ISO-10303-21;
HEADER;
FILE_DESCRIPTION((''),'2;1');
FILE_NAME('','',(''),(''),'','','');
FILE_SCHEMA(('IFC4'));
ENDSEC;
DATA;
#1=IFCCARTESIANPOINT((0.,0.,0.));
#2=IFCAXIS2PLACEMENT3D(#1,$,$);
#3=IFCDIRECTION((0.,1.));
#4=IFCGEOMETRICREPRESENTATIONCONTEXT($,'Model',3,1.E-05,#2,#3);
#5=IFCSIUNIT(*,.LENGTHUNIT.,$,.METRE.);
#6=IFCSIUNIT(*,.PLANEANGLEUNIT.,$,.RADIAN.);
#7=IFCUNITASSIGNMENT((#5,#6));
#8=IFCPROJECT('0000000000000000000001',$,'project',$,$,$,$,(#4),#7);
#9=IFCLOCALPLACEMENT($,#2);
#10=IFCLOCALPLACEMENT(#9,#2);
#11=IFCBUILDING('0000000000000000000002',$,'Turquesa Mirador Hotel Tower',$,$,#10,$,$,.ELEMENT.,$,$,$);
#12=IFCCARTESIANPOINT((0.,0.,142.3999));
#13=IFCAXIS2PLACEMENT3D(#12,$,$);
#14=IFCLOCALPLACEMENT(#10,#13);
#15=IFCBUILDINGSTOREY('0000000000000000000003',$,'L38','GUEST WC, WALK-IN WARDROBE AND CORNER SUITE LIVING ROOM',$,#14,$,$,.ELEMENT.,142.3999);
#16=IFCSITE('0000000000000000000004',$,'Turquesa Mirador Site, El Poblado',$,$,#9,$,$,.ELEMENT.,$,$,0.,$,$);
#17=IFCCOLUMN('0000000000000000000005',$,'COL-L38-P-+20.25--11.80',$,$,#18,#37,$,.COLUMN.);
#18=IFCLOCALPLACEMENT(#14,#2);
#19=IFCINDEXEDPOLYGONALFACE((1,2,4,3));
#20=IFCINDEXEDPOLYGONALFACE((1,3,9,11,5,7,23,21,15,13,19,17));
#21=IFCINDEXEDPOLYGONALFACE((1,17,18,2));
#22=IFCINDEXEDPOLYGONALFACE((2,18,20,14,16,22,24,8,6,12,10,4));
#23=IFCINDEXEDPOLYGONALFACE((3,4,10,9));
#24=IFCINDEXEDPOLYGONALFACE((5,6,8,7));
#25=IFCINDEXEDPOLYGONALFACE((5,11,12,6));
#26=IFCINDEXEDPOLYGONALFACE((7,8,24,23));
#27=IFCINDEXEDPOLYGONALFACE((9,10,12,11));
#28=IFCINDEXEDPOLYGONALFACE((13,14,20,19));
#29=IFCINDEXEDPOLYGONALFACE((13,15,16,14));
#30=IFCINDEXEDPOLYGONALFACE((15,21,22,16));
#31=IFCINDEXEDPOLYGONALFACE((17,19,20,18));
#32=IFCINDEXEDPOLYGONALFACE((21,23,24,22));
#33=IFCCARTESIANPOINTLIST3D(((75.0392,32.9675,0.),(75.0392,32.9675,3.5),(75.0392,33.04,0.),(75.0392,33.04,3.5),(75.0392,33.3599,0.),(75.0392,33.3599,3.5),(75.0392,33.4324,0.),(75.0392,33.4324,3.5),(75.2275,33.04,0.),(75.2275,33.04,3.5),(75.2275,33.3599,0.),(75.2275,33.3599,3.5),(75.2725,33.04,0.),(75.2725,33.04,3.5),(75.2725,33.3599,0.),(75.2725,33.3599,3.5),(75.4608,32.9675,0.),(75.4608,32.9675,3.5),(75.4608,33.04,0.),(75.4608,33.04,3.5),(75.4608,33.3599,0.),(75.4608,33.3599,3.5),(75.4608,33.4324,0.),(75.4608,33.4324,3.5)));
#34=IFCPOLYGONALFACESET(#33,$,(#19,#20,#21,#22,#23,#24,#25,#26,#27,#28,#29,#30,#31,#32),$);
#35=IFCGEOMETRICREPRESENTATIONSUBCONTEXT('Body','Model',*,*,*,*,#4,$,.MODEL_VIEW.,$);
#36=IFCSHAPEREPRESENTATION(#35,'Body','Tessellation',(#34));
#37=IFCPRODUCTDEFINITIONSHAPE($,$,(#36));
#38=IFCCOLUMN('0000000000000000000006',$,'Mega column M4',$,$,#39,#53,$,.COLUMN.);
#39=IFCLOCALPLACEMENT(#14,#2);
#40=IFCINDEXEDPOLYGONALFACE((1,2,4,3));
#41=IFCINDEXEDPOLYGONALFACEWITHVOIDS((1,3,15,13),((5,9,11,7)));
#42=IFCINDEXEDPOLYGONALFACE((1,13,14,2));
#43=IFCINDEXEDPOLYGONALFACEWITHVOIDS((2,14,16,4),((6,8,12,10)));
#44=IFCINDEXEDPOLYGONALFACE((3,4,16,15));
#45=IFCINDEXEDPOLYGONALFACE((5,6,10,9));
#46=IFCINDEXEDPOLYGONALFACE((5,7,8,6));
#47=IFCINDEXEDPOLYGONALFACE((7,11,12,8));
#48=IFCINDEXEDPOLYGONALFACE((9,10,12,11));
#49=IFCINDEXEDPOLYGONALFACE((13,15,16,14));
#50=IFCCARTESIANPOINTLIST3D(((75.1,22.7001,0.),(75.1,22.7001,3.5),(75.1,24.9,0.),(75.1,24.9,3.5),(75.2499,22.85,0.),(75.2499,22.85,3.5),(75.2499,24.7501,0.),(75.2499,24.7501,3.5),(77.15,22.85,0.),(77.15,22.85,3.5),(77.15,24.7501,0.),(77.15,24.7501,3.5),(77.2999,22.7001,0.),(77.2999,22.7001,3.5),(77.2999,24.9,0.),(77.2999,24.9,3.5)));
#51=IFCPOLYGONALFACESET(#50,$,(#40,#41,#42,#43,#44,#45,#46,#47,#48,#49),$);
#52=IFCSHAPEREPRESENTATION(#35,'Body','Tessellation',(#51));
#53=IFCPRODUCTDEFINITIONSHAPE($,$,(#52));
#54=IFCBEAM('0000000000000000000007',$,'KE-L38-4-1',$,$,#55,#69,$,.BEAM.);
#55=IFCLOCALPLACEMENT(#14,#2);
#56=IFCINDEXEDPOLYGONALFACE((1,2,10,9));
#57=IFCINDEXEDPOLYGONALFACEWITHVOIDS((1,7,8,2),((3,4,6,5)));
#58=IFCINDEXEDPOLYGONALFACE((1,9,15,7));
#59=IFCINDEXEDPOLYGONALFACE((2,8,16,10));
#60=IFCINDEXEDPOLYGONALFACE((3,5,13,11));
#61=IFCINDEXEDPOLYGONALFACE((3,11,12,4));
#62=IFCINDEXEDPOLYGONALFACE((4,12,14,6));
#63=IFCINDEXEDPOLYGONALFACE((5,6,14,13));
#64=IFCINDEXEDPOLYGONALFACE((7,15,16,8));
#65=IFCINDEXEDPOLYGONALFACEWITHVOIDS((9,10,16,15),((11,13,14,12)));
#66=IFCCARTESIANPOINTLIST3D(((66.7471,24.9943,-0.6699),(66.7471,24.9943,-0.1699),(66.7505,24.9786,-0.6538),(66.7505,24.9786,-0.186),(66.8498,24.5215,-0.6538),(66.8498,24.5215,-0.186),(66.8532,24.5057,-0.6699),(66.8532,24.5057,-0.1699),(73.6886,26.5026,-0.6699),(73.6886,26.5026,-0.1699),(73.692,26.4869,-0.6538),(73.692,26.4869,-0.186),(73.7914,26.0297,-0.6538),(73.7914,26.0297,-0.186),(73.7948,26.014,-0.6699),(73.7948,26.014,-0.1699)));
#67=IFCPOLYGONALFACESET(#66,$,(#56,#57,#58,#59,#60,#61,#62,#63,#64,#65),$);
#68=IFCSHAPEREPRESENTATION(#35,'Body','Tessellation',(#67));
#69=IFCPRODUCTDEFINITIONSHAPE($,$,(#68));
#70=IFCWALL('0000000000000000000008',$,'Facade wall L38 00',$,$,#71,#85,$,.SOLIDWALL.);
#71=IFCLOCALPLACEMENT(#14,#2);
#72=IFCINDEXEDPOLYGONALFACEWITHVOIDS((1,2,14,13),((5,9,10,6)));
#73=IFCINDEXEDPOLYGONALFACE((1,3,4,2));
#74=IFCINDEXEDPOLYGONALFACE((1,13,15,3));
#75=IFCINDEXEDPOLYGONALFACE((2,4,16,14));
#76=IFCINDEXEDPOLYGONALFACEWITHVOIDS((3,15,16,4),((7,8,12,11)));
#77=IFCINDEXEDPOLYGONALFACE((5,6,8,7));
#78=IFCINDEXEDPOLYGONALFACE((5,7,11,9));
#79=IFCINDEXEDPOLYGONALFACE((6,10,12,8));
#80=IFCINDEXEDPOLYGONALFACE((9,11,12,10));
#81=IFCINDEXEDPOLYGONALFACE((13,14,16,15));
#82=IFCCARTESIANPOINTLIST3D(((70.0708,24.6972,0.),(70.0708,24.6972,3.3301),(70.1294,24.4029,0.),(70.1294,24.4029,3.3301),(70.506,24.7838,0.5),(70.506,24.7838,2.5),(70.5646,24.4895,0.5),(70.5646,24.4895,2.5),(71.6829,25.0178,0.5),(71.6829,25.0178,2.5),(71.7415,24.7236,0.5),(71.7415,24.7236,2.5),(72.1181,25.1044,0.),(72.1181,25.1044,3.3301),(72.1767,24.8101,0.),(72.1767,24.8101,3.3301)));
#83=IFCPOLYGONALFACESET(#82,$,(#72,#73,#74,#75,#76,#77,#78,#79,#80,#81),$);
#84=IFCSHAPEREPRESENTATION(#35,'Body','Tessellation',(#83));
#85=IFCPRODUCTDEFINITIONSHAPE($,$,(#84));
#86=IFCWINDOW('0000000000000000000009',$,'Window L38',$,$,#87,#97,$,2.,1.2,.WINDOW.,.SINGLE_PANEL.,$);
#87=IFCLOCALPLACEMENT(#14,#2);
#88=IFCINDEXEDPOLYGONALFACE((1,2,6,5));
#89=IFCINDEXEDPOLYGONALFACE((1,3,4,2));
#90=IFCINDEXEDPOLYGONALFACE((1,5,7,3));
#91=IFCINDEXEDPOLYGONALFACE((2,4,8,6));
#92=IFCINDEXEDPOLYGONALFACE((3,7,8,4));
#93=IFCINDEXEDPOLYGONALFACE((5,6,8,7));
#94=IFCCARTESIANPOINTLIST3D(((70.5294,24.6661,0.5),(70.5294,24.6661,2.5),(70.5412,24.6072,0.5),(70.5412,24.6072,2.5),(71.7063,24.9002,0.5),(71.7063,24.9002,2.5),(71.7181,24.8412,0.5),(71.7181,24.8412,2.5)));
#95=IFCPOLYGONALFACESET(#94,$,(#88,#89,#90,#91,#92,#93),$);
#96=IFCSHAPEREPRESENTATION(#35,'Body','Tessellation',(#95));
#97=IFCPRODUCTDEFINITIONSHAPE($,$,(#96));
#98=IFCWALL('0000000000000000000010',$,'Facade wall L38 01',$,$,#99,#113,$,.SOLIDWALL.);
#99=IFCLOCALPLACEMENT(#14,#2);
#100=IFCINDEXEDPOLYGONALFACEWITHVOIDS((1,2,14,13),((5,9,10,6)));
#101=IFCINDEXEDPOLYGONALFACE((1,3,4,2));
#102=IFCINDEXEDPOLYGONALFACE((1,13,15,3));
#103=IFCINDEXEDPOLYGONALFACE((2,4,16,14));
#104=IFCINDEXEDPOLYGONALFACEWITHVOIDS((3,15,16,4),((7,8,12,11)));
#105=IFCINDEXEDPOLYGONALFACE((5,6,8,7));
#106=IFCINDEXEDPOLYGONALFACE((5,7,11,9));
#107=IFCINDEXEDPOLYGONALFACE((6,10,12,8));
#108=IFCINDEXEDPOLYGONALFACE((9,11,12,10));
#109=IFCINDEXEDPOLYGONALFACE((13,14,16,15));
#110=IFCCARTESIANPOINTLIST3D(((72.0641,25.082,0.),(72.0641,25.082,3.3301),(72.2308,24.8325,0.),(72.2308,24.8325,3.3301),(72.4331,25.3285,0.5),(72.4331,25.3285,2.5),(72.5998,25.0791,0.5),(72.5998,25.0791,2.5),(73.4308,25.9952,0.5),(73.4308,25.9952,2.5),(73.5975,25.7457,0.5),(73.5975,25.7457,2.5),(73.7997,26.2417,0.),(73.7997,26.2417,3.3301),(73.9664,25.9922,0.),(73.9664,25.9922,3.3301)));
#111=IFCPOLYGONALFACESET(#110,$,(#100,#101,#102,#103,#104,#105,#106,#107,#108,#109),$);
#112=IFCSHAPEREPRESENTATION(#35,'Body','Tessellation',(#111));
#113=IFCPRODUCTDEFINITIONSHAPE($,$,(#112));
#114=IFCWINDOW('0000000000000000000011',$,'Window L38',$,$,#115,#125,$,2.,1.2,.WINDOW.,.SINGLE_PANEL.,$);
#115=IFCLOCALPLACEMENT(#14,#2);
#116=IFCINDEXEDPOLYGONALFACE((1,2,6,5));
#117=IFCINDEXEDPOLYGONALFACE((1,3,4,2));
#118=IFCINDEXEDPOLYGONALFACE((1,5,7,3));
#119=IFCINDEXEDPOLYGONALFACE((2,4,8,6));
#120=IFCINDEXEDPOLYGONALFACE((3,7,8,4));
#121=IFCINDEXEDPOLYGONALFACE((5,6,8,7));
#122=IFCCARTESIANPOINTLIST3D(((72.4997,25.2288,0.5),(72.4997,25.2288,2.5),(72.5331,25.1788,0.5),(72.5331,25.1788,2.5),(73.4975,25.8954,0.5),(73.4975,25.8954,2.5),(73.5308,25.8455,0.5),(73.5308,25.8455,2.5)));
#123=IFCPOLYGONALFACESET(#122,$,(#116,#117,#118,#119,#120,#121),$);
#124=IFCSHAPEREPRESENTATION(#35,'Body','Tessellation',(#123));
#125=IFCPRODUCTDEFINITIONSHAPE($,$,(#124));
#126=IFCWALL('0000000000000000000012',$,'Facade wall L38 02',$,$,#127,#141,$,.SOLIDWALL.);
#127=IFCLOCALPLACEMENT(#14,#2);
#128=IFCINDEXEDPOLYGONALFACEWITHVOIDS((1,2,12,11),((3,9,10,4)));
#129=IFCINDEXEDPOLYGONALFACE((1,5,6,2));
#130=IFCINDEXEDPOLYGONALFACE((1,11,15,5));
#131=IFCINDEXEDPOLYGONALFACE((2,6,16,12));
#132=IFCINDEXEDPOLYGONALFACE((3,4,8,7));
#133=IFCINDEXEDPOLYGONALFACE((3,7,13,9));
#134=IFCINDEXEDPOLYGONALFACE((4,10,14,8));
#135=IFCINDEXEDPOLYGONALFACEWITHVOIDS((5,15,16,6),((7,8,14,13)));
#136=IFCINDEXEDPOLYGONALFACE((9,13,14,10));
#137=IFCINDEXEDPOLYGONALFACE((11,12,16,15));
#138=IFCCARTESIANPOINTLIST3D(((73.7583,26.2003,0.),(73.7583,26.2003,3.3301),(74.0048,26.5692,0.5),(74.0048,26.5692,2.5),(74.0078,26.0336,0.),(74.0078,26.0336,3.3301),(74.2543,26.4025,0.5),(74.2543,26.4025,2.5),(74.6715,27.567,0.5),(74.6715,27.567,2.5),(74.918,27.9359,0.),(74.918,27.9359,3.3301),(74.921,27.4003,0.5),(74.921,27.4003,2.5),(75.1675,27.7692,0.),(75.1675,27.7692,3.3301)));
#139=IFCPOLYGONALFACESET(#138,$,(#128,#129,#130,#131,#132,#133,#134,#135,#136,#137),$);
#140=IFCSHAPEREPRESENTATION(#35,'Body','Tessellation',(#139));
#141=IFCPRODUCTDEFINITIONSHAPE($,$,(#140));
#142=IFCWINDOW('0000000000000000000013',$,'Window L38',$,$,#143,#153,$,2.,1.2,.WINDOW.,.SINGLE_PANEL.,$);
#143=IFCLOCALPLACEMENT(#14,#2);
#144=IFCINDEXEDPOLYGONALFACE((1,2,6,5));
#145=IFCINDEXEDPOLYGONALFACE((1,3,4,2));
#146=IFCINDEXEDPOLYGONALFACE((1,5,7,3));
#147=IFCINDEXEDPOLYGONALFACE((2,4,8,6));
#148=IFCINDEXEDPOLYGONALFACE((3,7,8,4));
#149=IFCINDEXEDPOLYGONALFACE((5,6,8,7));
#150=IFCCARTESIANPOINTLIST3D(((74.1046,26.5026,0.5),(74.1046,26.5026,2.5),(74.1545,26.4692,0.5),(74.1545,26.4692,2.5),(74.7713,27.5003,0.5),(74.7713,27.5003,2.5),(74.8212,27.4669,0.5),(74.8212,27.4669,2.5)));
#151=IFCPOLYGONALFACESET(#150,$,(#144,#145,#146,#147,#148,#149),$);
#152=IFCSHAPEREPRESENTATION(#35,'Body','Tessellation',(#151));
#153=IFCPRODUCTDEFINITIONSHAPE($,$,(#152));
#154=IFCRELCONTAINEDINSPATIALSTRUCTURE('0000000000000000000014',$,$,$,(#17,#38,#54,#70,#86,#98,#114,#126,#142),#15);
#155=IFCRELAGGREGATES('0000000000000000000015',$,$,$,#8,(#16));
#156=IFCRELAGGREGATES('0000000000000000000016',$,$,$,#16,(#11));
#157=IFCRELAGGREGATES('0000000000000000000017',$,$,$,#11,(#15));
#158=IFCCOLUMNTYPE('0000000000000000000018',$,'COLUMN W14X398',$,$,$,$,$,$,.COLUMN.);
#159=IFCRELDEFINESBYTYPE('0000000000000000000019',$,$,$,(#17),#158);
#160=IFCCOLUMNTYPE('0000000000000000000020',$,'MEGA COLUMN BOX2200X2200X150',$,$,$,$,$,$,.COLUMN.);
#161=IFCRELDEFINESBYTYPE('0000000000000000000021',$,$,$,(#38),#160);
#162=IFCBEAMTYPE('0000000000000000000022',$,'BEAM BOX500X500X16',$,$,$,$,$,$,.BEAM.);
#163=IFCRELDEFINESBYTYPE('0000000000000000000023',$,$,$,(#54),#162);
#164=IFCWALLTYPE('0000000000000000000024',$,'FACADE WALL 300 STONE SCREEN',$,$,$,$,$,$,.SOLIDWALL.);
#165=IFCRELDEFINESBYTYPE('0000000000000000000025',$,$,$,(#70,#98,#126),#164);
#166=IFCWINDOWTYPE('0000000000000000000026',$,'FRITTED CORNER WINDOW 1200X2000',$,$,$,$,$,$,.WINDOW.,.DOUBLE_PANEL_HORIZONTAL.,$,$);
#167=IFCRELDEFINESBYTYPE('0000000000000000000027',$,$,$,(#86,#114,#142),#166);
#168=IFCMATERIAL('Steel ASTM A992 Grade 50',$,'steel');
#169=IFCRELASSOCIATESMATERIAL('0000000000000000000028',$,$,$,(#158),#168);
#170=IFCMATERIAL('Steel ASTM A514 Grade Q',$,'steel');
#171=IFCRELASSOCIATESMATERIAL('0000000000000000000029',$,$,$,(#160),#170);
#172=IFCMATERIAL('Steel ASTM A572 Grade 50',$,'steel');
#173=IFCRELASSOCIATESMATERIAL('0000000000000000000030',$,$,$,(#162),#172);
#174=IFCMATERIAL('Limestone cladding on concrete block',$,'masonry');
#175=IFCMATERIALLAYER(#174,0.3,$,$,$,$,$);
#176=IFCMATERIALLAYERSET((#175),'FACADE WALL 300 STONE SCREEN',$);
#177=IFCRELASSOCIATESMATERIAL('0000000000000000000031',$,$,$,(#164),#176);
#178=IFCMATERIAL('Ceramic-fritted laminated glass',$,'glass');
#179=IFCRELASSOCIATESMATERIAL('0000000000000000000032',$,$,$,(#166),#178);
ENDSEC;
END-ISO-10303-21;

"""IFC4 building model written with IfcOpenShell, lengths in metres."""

from ifc_helpers import new_model, si_unit, direction, frame, frame_2d, origin, origin_2d, place, context, subcontext, project, spatial, rectangle, hollow_rectangle, i_section, extrude, material, layer, layer_set, material_profile, profile_set, type_object, element, fill, save


model = new_model("IFC4")

# Units and contexts
model_context = context("Model", 3, precision=1e-05, world=origin(), true_north=direction((0.0, 1.0)))
body_context = subcontext(model_context, "Body", "Model", "MODEL_VIEW")
ifc_project = project(units=[si_unit("LENGTHUNIT", "METRE"), si_unit("PLANEANGLEUNIT", "RADIAN")], contexts=[model_context])

# Site, building, storey
site_placement = place(None, origin())
site = spatial("IfcSite", under=ifc_project, at=site_placement, Name="Turquesa Mirador Site, El Poblado", CompositionType="ELEMENT", RefElevation=0.0)
building_placement = place(site_placement, origin())
building = spatial("IfcBuilding", under=site, at=building_placement, Name="Turquesa Mirador Hotel Tower", CompositionType="ELEMENT")
storey_placement = place(building_placement, frame((0.0, 0.0, 142.3999)))
storey = spatial("IfcBuildingStorey", under=building, at=storey_placement, Name="L38", Description="GUEST WC, WALK-IN WARDROBE AND CORNER SUITE LIVING ROOM", CompositionType="ELEMENT", Elevation=142.3999)

# Columns
ifc_material_1 = material(Name="Steel ASTM A992 Grade 50", Category="steel")
ifc_material_profile_1 = material_profile(ifc_material_1, i_section(OverallWidth=0.4216, OverallDepth=0.4648, WebThickness=0.0449, FlangeThickness=0.0725, at=origin_2d()), Name="W14X398")
ifc_profile_set_1 = profile_set([ifc_material_profile_1], Name="Steel ASTM A992 Grade 50")
column_type_1 = type_object("IfcColumnType", Name="COLUMN W14X398", PredefinedType="COLUMN", material=ifc_profile_set_1)
column_1_placement = place(storey_placement, frame((75.25, 33.2, 0.0), z_axis=(0.0, 0.0, 1.0), x_axis=(1.0, 0.0, 0.0)))
element("IfcColumn", 1, at=column_1_placement, inside=storey, type_object=column_type_1, Name="COL-L38-P-+20.25--11.80", PredefinedType="COLUMN", context=body_context, shape_type="SweptSolid", body=[
    extrude(i_section(OverallWidth=0.4216, OverallDepth=0.4648, WebThickness=0.0449, FlangeThickness=0.0725, at=origin_2d()), origin(), (0.0, 0.0, 1.0), 3.5),
])
ifc_material_2 = material(Name="Steel ASTM A514 Grade Q", Category="steel")
ifc_material_profile_2 = material_profile(ifc_material_2, hollow_rectangle(XDim=2.2, YDim=2.2, WallThickness=0.1499, at=origin_2d()), Name="BOX2200X2200X150")
ifc_profile_set_2 = profile_set([ifc_material_profile_2], Name="Steel ASTM A514 Grade Q")
column_type_2 = type_object("IfcColumnType", Name="MEGA COLUMN BOX2200X2200X150", PredefinedType="COLUMN", material=ifc_profile_set_2)
column_2_placement = place(storey_placement, frame((76.2, 23.8, 0.0), z_axis=(0.0, 0.0, 1.0), x_axis=(1.0, 0.0, 0.0)))
element("IfcColumn", 2, at=column_2_placement, inside=storey, type_object=column_type_2, Name="Mega column M4", PredefinedType="COLUMN", context=body_context, shape_type="SweptSolid", body=[
    extrude(hollow_rectangle(XDim=2.2, YDim=2.2, WallThickness=0.1499, at=origin_2d()), origin(), (0.0, 0.0, 1.0), 3.5),
])

# Beam
ifc_material_3 = material(Name="Steel ASTM A572 Grade 50", Category="steel")
ifc_material_profile_3 = material_profile(ifc_material_3, hollow_rectangle(XDim=0.5, YDim=0.5, WallThickness=0.0161, at=origin_2d()), Name="BOX500X500X16")
ifc_profile_set_3 = profile_set([ifc_material_profile_3], Name="Steel ASTM A572 Grade 50")
beam_type = type_object("IfcBeamType", Name="BEAM BOX500X500X16", PredefinedType="BEAM", material=ifc_profile_set_3)
beam_placement = place(storey_placement, frame((73.7417, 26.2583, -0.4199), z_axis=(-0.977198, -0.212328, 0.0), x_axis=(0.212328, -0.977198, 0.0)))
element("IfcBeam", 3, at=beam_placement, inside=storey, type_object=beam_type, Name="KE-L38-4-1", PredefinedType="BEAM", context=body_context, shape_type="SweptSolid", body=[
    extrude(hollow_rectangle(XDim=0.5, YDim=0.5, WallThickness=0.0161, at=origin_2d()), origin(), (0.0, 0.0, 1.0), 7.1035),
])

# Walls, openings, windows
ifc_material_4 = material(Name="Limestone cladding on concrete block", Category="masonry")
ifc_layer_1 = layer(ifc_material_4, 0.3)
ifc_layer_set_1 = layer_set([ifc_layer_1], Name="FACADE WALL 300 STONE SCREEN")
wall_type_1 = type_object("IfcWallType", Name="FACADE WALL 300 STONE SCREEN", PredefinedType="SOLIDWALL", material=ifc_layer_set_1)
wall_1_placement = place(storey_placement, frame((70.1001, 24.55, 0.0), z_axis=(0.0, 0.0, 1.0), x_axis=(0.980787, 0.195081, 0.0)))
wall_1 = element("IfcWall", 4, at=wall_1_placement, inside=storey, type_object=wall_type_1, Name="Facade wall L38 00", PredefinedType="SOLIDWALL", context=body_context, shape_type="SweptSolid", body=[
    extrude(rectangle(XDim=2.0874, YDim=0.3, at=frame_2d((1.0437, 0.0))), origin(), (0.0, 0.0, 1.0), 3.3301),
])
opening_1_placement = place(wall_1_placement, frame((0.4436, 0.0, 0.5)))
opening_1 = element("IfcOpeningElement", 5, at=opening_1_placement, cuts=wall_1, PredefinedType="OPENING", context=body_context, shape_type="SweptSolid", body=[
    extrude(rectangle(XDim=1.2, YDim=2.0, at=frame_2d((0.6001, 1.0))), frame((0.0, 0.1599, 0.0), z_axis=(0.0, -1.0, 0.0), x_axis=(1.0, 0.0, 0.0)), (0.0, 0.0, 1.0), 0.3201),
])
ifc_material_5 = material(Name="Ceramic-fritted laminated glass", Category="glass")
window_type_1 = type_object("IfcWindowType", Name="FRITTED CORNER WINDOW 1200X2000", PartitioningType="DOUBLE_PANEL_HORIZONTAL", PredefinedType="WINDOW", material=ifc_material_5)
window_1_placement = place(opening_1_placement, origin())
window_1 = element("IfcWindow", 6, at=window_1_placement, inside=storey, type_object=window_type_1, Name="Window L38", OverallHeight=2.0, OverallWidth=1.2, PartitioningType="SINGLE_PANEL", PredefinedType="WINDOW", context=body_context, shape_type="SweptSolid", body=[
    extrude(rectangle(XDim=1.2, YDim=2.0, at=frame_2d((0.6001, 1.0))), frame((0.0, 0.03, 0.0), z_axis=(0.0, -1.0, 0.0), x_axis=(1.0, 0.0, 0.0)), (0.0, 0.0, 1.0), 0.0601),
])
fill(opening_1, window_1)
wall_2_placement = place(storey_placement, frame((72.1475, 24.9573, 0.0), z_axis=(0.0, 0.0, 1.0), x_axis=(0.831474, 0.555564, 0.0)))
wall_2 = element("IfcWall", 7, at=wall_2_placement, inside=storey, type_object=wall_type_1, Name="Facade wall L38 01", PredefinedType="SOLIDWALL", context=body_context, shape_type="SweptSolid", body=[
    extrude(rectangle(XDim=2.0874, YDim=0.3, at=frame_2d((1.0437, 0.0))), origin(), (0.0, 0.0, 1.0), 3.3301),
])
opening_2_placement = place(wall_2_placement, frame((0.4436, 0.0, 0.5)))
opening_2 = element("IfcOpeningElement", 8, at=opening_2_placement, cuts=wall_2, PredefinedType="OPENING", context=body_context, shape_type="SweptSolid", body=[
    extrude(rectangle(XDim=1.2, YDim=2.0, at=frame_2d((0.6001, 1.0))), frame((0.0, 0.1599, 0.0), z_axis=(0.0, -1.0, 0.0), x_axis=(1.0, 0.0, 0.0)), (0.0, 0.0, 1.0), 0.3201),
])
window_2_placement = place(opening_2_placement, origin())
window_2 = element("IfcWindow", 9, at=window_2_placement, inside=storey, type_object=window_type_1, Name="Window L38", OverallHeight=2.0, OverallWidth=1.2, PartitioningType="SINGLE_PANEL", PredefinedType="WINDOW", context=body_context, shape_type="SweptSolid", body=[
    extrude(rectangle(XDim=1.2, YDim=2.0, at=frame_2d((0.6001, 1.0))), frame((0.0, 0.03, 0.0), z_axis=(0.0, -1.0, 0.0), x_axis=(1.0, 0.0, 0.0)), (0.0, 0.0, 1.0), 0.0601),
])
fill(opening_2, window_2)
wall_3_placement = place(storey_placement, frame((73.8831, 26.1169, 0.0), z_axis=(0.0, 0.0, 1.0), x_axis=(0.555564, 0.831474, 0.0)))
wall_3 = element("IfcWall", 10, at=wall_3_placement, inside=storey, type_object=wall_type_1, Name="Facade wall L38 02", PredefinedType="SOLIDWALL", context=body_context, shape_type="SweptSolid", body=[
    extrude(rectangle(XDim=2.0874, YDim=0.3, at=frame_2d((1.0437, 0.0))), origin(), (0.0, 0.0, 1.0), 3.3301),
])
opening_3_placement = place(wall_3_placement, frame((0.4436, 0.0, 0.5)))
opening_3 = element("IfcOpeningElement", 11, at=opening_3_placement, cuts=wall_3, PredefinedType="OPENING", context=body_context, shape_type="SweptSolid", body=[
    extrude(rectangle(XDim=1.2, YDim=2.0, at=frame_2d((0.6001, 1.0))), frame((0.0, 0.1599, 0.0), z_axis=(0.0, -1.0, 0.0), x_axis=(1.0, 0.0, 0.0)), (0.0, 0.0, 1.0), 0.3201),
])
window_3_placement = place(opening_3_placement, origin())
window_3 = element("IfcWindow", 12, at=window_3_placement, inside=storey, type_object=window_type_1, Name="Window L38", OverallHeight=2.0, OverallWidth=1.2, PartitioningType="SINGLE_PANEL", PredefinedType="WINDOW", context=body_context, shape_type="SweptSolid", body=[
    extrude(rectangle(XDim=1.2, YDim=2.0, at=frame_2d((0.6001, 1.0))), frame((0.0, 0.03, 0.0), z_axis=(0.0, -1.0, 0.0), x_axis=(1.0, 0.0, 0.0)), (0.0, 0.0, 1.0), 0.0601),
])
fill(opening_3, window_3)

save(model, "model.ifc")
